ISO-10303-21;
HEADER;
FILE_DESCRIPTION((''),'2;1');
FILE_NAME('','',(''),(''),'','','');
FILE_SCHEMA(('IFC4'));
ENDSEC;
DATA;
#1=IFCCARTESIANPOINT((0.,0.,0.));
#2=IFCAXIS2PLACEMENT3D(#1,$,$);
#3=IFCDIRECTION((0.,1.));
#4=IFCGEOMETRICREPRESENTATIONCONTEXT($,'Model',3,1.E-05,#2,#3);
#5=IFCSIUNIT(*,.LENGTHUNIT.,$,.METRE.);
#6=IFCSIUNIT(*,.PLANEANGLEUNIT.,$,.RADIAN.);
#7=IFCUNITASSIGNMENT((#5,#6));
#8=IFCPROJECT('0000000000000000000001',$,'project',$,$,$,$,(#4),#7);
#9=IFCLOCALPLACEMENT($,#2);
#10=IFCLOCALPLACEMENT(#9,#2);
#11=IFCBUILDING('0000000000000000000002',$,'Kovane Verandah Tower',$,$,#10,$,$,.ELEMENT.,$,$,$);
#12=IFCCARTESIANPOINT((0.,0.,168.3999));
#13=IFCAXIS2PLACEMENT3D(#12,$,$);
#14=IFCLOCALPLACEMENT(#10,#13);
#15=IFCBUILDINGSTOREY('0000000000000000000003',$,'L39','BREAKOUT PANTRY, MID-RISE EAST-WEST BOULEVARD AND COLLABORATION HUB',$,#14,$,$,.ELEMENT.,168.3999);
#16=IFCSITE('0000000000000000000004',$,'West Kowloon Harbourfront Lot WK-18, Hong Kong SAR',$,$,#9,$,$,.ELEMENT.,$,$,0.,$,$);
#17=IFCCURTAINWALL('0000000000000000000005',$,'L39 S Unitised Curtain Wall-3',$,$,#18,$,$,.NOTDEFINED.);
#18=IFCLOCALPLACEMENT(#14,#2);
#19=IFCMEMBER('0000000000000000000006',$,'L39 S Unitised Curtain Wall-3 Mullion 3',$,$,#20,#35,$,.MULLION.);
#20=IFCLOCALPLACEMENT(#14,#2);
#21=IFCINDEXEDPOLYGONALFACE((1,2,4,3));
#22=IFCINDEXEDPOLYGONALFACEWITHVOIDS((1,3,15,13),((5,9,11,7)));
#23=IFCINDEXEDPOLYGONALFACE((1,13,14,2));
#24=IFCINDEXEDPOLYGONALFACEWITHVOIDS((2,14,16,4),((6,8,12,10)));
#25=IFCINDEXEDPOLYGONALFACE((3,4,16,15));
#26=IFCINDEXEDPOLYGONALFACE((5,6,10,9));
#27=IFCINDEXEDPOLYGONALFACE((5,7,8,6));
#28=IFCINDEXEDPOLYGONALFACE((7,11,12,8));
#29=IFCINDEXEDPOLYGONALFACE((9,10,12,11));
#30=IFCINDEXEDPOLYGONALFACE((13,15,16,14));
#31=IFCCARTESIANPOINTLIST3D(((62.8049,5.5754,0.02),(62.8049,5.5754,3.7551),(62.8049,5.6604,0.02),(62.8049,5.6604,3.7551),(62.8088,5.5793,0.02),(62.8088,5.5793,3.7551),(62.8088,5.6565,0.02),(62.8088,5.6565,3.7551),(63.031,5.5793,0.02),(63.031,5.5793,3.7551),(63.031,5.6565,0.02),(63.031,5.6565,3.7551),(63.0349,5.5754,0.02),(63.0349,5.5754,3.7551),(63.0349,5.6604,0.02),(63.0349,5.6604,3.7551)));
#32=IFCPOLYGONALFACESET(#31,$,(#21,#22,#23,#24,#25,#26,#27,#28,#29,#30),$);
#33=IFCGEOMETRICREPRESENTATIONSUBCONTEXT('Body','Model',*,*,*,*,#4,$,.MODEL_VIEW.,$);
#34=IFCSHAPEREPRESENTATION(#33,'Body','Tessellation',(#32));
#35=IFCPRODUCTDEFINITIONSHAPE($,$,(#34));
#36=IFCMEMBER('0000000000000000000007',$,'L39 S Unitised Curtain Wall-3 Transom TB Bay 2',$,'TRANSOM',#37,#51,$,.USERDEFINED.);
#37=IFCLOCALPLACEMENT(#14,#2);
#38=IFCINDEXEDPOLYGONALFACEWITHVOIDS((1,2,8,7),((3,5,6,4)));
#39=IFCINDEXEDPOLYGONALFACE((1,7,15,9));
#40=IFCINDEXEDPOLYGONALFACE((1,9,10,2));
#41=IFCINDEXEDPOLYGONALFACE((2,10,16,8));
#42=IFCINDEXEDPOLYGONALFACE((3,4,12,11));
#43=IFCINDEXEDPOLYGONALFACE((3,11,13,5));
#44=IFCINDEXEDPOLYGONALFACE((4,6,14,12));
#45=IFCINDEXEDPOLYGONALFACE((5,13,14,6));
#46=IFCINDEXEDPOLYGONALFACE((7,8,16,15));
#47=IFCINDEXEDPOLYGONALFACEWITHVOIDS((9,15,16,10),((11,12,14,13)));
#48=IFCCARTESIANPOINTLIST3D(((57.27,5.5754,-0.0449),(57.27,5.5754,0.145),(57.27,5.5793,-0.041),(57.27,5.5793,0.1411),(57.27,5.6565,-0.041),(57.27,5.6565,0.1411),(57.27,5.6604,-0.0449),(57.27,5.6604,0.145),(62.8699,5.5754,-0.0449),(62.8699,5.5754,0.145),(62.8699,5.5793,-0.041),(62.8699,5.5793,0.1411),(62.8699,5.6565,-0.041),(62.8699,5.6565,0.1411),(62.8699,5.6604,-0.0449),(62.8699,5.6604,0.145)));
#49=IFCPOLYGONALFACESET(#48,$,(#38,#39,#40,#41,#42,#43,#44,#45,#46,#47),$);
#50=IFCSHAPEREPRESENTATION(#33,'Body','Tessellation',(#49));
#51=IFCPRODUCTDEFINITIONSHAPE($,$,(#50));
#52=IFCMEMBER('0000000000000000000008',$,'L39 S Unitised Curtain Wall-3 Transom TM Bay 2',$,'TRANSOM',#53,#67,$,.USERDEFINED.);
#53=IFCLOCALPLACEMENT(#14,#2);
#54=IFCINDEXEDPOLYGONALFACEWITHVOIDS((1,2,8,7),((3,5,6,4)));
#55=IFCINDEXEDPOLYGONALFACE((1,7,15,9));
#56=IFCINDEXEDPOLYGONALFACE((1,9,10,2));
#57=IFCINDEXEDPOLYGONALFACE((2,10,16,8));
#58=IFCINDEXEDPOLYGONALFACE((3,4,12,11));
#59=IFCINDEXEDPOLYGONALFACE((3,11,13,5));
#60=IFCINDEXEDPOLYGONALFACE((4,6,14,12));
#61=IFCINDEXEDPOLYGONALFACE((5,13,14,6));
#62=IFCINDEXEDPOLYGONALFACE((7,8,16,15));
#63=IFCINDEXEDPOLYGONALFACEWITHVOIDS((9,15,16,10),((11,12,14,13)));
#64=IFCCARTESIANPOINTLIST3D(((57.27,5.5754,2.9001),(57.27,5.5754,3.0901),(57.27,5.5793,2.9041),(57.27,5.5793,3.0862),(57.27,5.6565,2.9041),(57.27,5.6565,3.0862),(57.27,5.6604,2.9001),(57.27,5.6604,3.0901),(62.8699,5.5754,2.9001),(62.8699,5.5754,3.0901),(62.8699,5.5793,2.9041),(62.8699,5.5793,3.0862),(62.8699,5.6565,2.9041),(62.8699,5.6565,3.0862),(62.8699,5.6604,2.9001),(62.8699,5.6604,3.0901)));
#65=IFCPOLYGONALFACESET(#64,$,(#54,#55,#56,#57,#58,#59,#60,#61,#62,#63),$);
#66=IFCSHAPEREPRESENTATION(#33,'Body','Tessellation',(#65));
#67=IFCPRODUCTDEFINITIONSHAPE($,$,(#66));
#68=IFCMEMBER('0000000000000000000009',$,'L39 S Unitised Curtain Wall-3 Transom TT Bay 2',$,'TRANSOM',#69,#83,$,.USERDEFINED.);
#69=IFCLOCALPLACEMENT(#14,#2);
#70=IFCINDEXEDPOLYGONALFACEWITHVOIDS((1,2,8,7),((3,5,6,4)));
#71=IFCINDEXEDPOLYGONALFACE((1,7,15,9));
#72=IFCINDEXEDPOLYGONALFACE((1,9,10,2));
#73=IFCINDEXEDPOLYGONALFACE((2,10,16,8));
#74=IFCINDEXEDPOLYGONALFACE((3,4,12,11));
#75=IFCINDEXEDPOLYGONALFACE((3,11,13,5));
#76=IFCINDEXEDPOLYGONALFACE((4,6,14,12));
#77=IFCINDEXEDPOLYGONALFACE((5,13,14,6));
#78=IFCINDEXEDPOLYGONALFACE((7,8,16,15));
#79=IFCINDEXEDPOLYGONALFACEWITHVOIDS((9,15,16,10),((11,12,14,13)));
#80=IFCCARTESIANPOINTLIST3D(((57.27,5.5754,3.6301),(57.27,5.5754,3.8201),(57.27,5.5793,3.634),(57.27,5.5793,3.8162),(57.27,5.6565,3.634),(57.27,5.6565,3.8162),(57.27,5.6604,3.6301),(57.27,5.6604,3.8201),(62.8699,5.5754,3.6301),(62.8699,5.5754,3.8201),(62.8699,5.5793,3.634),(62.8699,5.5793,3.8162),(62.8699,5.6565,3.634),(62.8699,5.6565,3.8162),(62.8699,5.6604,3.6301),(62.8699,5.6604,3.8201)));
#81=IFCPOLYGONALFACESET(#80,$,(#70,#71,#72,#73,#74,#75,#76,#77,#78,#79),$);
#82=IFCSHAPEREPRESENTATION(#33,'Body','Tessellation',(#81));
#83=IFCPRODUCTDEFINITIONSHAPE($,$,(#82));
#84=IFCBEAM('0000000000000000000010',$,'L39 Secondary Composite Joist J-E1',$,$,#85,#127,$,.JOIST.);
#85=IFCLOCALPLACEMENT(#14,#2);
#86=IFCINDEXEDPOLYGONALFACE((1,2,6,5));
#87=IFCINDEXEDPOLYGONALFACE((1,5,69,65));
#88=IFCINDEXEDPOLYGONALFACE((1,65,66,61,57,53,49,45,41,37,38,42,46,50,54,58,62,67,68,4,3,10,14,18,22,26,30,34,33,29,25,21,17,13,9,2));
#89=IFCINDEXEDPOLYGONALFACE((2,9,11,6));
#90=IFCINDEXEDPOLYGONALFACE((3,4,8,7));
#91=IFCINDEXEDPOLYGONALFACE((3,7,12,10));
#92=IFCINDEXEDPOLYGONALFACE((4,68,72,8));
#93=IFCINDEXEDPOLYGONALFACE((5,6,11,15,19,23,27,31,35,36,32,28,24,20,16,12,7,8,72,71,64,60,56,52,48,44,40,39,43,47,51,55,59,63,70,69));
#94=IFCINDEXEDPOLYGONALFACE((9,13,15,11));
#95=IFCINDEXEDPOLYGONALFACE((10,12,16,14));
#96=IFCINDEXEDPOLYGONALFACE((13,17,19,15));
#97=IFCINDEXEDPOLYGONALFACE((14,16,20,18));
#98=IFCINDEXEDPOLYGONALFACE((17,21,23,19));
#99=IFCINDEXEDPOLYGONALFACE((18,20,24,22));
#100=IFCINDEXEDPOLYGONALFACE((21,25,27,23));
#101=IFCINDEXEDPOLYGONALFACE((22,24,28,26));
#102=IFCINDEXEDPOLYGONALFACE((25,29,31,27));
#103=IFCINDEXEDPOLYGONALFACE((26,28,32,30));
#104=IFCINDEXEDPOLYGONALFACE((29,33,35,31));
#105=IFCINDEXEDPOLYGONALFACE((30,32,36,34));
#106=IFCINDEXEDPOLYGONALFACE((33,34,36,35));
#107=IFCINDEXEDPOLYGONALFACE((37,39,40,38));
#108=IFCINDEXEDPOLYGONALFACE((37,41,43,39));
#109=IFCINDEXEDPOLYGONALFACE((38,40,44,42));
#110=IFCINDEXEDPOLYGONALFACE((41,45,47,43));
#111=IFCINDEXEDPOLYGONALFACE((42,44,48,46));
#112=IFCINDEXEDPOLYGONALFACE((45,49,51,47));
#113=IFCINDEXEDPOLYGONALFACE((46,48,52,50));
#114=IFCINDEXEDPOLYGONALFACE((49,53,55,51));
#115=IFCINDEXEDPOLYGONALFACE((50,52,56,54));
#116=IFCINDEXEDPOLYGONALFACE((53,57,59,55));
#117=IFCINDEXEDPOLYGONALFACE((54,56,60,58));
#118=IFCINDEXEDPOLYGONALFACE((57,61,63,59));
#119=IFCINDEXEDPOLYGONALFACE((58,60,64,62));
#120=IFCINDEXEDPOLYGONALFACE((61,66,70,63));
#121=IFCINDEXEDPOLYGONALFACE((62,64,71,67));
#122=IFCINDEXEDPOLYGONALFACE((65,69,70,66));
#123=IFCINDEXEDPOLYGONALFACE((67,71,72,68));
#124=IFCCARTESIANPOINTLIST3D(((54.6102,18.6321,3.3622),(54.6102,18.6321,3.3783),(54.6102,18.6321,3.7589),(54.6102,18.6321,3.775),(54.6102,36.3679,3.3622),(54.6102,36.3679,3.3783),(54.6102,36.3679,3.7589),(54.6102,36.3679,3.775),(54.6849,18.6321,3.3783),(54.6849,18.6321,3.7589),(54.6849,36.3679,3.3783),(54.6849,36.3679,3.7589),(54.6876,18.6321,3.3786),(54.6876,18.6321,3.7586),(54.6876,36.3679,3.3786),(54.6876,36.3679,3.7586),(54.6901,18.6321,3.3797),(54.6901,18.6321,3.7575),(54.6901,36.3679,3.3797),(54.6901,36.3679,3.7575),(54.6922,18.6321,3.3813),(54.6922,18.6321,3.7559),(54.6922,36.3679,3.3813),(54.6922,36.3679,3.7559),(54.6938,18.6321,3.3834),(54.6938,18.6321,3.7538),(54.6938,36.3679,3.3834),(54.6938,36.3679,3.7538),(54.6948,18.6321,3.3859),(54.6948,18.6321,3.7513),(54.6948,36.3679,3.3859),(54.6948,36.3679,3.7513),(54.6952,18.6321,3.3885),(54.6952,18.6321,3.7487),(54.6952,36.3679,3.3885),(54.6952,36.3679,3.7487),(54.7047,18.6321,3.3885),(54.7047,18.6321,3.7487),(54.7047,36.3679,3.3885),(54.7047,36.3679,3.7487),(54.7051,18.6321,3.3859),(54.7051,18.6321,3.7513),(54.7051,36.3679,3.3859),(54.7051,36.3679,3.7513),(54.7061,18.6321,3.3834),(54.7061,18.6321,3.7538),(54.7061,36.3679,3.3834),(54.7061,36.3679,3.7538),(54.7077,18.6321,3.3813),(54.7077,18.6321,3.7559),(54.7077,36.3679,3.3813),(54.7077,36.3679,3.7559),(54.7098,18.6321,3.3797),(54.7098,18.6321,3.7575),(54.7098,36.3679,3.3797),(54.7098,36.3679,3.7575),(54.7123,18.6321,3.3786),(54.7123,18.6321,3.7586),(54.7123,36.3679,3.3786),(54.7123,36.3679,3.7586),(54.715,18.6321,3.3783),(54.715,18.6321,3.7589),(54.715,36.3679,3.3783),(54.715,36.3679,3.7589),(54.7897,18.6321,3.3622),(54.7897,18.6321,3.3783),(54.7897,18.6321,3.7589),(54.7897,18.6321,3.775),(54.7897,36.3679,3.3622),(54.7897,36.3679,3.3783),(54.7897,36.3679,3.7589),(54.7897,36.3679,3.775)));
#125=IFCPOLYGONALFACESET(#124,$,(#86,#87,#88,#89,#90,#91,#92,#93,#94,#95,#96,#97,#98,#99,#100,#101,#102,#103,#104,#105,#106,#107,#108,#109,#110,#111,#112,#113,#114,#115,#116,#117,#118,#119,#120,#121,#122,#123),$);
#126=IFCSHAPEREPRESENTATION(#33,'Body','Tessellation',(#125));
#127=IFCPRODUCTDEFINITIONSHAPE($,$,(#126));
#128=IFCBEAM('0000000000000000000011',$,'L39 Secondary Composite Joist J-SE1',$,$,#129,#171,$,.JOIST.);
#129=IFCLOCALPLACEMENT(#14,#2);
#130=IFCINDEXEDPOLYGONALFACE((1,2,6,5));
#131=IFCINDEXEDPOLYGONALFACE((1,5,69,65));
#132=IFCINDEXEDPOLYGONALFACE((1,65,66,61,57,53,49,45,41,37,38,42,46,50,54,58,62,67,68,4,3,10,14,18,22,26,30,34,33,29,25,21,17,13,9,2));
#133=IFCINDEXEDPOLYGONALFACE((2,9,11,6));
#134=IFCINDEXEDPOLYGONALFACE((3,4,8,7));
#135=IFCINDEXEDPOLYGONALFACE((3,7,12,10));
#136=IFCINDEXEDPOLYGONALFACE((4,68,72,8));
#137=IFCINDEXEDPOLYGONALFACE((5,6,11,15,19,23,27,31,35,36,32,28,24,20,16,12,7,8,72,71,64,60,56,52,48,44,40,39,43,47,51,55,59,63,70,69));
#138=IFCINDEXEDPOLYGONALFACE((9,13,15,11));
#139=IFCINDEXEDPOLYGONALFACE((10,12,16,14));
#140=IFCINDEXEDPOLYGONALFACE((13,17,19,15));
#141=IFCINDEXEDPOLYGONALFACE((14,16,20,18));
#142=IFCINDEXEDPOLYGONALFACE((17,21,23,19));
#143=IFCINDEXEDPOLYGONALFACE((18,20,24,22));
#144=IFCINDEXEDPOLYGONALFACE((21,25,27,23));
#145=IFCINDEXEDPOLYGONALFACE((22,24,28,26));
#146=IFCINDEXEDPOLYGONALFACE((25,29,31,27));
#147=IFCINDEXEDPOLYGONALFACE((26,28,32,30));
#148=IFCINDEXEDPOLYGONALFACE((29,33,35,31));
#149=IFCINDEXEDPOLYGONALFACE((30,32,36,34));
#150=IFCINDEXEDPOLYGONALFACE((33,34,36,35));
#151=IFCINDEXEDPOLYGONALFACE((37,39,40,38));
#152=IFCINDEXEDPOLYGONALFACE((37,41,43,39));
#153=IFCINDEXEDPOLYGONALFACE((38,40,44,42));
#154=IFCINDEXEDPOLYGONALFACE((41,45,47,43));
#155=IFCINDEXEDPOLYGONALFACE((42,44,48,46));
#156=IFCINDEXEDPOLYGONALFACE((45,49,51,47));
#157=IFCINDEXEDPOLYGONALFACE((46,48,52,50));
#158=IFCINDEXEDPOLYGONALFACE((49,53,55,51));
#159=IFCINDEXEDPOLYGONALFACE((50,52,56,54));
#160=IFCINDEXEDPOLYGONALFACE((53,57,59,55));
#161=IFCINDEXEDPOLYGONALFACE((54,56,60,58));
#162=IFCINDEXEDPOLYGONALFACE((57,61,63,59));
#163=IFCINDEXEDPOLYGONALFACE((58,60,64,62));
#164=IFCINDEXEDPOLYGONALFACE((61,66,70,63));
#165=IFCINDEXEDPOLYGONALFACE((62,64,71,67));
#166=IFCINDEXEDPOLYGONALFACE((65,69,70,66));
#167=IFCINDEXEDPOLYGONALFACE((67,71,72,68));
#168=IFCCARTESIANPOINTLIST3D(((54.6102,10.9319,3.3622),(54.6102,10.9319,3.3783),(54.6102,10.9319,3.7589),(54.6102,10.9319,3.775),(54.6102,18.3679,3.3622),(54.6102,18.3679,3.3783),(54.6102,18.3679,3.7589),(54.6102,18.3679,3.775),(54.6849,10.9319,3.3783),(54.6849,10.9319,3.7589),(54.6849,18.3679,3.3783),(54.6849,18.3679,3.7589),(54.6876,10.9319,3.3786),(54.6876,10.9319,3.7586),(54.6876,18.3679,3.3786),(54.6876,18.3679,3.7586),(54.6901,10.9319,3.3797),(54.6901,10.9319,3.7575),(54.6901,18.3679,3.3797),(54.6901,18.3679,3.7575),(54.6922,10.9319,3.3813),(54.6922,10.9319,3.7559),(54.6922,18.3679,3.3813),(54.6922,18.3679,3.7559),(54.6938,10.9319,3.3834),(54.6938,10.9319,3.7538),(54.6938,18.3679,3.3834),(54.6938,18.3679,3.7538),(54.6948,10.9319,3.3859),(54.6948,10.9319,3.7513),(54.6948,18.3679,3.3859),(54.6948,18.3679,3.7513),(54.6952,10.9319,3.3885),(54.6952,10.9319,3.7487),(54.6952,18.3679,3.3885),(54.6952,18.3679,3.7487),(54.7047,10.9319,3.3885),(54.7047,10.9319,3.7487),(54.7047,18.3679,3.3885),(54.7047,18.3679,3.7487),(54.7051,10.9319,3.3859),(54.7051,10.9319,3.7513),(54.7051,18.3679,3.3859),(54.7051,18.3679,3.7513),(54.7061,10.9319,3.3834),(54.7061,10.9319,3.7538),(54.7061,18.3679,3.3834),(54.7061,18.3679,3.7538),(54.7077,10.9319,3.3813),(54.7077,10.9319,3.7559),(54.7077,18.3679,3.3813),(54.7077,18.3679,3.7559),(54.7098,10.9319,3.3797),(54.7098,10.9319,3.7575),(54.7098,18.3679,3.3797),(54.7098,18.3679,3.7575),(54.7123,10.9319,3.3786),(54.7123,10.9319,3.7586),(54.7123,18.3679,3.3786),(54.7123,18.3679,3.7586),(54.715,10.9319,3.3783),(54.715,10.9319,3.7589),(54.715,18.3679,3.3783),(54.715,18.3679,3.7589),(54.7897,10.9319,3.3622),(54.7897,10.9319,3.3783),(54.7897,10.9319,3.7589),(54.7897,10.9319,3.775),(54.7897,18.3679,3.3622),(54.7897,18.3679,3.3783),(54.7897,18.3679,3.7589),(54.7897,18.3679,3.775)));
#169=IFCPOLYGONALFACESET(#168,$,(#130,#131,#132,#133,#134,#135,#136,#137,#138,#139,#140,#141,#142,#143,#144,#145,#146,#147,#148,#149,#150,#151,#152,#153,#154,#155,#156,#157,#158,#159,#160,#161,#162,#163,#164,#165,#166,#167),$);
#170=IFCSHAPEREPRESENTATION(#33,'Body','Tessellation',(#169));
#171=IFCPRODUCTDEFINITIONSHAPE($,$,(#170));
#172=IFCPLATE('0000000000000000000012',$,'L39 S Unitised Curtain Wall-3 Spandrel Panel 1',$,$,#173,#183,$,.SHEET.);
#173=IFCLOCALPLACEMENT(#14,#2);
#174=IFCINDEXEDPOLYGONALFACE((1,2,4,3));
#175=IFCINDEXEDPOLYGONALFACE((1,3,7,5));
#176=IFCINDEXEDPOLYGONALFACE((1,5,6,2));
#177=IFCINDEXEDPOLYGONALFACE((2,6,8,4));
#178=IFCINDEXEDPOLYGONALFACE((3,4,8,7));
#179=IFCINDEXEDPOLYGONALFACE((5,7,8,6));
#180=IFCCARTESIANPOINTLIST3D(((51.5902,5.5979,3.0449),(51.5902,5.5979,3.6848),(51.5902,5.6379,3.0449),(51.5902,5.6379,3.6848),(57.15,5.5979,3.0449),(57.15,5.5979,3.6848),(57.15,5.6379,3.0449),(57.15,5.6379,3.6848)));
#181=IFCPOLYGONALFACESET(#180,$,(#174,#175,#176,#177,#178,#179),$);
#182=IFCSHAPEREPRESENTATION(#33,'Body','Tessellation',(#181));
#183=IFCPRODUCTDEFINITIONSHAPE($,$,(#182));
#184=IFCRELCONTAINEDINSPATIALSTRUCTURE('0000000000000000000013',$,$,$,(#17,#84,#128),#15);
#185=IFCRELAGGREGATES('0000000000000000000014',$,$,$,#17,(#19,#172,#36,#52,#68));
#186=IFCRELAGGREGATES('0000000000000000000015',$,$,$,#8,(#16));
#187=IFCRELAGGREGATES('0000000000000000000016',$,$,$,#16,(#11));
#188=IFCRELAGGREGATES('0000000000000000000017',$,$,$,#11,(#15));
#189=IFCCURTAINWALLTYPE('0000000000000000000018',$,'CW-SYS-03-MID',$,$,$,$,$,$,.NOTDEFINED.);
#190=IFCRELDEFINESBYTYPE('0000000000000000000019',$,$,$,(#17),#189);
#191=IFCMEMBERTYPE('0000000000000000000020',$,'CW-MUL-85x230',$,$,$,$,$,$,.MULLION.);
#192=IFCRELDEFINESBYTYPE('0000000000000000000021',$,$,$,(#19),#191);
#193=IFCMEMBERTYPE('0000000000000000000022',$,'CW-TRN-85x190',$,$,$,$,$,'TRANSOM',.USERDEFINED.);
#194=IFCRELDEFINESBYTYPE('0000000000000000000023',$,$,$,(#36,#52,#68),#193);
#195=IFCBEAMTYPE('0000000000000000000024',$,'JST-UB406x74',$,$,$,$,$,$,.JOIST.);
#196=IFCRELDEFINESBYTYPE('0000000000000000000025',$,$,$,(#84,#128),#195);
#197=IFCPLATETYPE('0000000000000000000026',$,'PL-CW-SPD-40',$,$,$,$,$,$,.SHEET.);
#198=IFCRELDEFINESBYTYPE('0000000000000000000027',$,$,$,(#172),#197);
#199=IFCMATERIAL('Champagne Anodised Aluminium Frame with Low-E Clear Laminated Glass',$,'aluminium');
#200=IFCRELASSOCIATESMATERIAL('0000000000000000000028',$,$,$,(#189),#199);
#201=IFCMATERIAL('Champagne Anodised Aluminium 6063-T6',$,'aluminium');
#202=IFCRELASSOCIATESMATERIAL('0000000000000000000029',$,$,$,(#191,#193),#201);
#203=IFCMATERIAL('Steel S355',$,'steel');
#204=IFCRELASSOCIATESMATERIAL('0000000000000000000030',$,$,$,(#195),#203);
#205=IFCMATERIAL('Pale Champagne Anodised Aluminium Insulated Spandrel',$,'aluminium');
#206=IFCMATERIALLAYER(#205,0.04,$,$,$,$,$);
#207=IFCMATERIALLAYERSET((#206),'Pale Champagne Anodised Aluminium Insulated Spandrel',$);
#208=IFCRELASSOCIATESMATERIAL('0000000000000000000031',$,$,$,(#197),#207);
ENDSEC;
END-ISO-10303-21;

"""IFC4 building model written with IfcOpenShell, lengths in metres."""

from ifc_helpers import new_model, si_unit, direction, frame, origin, origin_2d, place, context, subcontext, project, spatial, rectangle, hollow_rectangle, i_section, extrude, material, layer, layer_set, material_profile, profile_set, type_object, element, aggregate, save


model = new_model("IFC4")

# Units and contexts
model_context = context("Model", 3, precision=1e-05, world=origin(), true_north=direction((0.0, 1.0)))
body_context = subcontext(model_context, "Body", "Model", "MODEL_VIEW")
ifc_project = project(units=[si_unit("LENGTHUNIT", "METRE"), si_unit("PLANEANGLEUNIT", "RADIAN")], contexts=[model_context])

# Site, building, storey
site_placement = place(None, origin())
site = spatial("IfcSite", under=ifc_project, at=site_placement, Name="West Kowloon Harbourfront Lot WK-18, Hong Kong SAR", CompositionType="ELEMENT", RefElevation=0.0)
building_placement = place(site_placement, origin())
building = spatial("IfcBuilding", under=site, at=building_placement, Name="Kovane Verandah Tower", CompositionType="ELEMENT")
storey_placement = place(building_placement, frame((0.0, 0.0, 168.3999)))
storey = spatial("IfcBuildingStorey", under=building, at=storey_placement, Name="L39", Description="BREAKOUT PANTRY, MID-RISE EAST-WEST BOULEVARD AND COLLABORATION HUB", CompositionType="ELEMENT", Elevation=168.3999)

# Shared definitions
ifc_material_1 = material(Name="Steel S355", Category="steel")

# Curtain wall, members
ifc_material_2 = material(Name="Champagne Anodised Aluminium Frame with Low-E Clear Laminated Glass", Category="aluminium")
curtain_wall_type = type_object("IfcCurtainWallType", Name="CW-SYS-03-MID", PredefinedType="NOTDEFINED", material=ifc_material_2)
curtain_wall_placement = place(storey_placement, origin())
curtain_wall = element("IfcCurtainWall", 1, at=curtain_wall_placement, inside=storey, type_object=curtain_wall_type, Name="L39 S Unitised Curtain Wall-3", PredefinedType="NOTDEFINED")
ifc_material_3 = material(Name="Champagne Anodised Aluminium 6063-T6", Category="aluminium")
ifc_material_profile_1 = material_profile(ifc_material_3, hollow_rectangle(XDim=0.085, YDim=0.23, WallThickness=0.0039, at=origin_2d()), Name="AL85x230x4")
ifc_profile_set_1 = profile_set([ifc_material_profile_1], Name="Champagne Anodised Aluminium 6063-T6")
member_type_1 = type_object("IfcMemberType", Name="CW-MUL-85x230", PredefinedType="MULLION", material=ifc_profile_set_1)
member_1_placement = place(storey_placement, frame((62.9199, 5.6179, 0.02), z_axis=(0.0, 0.0, 1.0), x_axis=(0.0, -1.0, 0.0)))
member_1 = element("IfcMember", 2, at=member_1_placement, type_object=member_type_1, Name="L39 S Unitised Curtain Wall-3 Mullion 3", PredefinedType="MULLION", context=body_context, shape_type="SweptSolid", body=[
    extrude(hollow_rectangle(XDim=0.085, YDim=0.23, WallThickness=0.0039, at=origin_2d()), origin(), (0.0, 0.0, 1.0), 3.7351),
])
ifc_material_profile_2 = material_profile(ifc_material_3, hollow_rectangle(XDim=0.085, YDim=0.1899, WallThickness=0.0039, at=origin_2d()), Name="AL85x190x4")
ifc_profile_set_2 = profile_set([ifc_material_profile_2], Name="Champagne Anodised Aluminium 6063-T6")
member_type_2 = type_object("IfcMemberType", Name="CW-TRN-85x190", ElementType="TRANSOM", PredefinedType="USERDEFINED", material=ifc_profile_set_2)
member_2_placement = place(storey_placement, frame((57.27, 5.6179, 0.05), z_axis=(1.0, 0.0, 0.0), x_axis=(0.0, 1.0, 0.0)))
member_2 = element("IfcMember", 3, at=member_2_placement, type_object=member_type_2, Name="L39 S Unitised Curtain Wall-3 Transom TB Bay 2", ObjectType="TRANSOM", PredefinedType="USERDEFINED", context=body_context, shape_type="SweptSolid", body=[
    extrude(hollow_rectangle(XDim=0.085, YDim=0.1899, WallThickness=0.0039, at=origin_2d()), origin(), (0.0, 0.0, 1.0), 5.5999),
])
member_3_placement = place(storey_placement, frame((57.27, 5.6179, 2.9951), z_axis=(1.0, 0.0, 0.0), x_axis=(0.0, 1.0, 0.0)))
member_3 = element("IfcMember", 4, at=member_3_placement, type_object=member_type_2, Name="L39 S Unitised Curtain Wall-3 Transom TM Bay 2", ObjectType="TRANSOM", PredefinedType="USERDEFINED", context=body_context, shape_type="SweptSolid", body=[
    extrude(hollow_rectangle(XDim=0.085, YDim=0.1899, WallThickness=0.0039, at=origin_2d()), origin(), (0.0, 0.0, 1.0), 5.5999),
])
member_4_placement = place(storey_placement, frame((57.27, 5.6179, 3.7251), z_axis=(1.0, 0.0, 0.0), x_axis=(0.0, 1.0, 0.0)))
member_4 = element("IfcMember", 5, at=member_4_placement, type_object=member_type_2, Name="L39 S Unitised Curtain Wall-3 Transom TT Bay 2", ObjectType="TRANSOM", PredefinedType="USERDEFINED", context=body_context, shape_type="SweptSolid", body=[
    extrude(hollow_rectangle(XDim=0.085, YDim=0.1899, WallThickness=0.0039, at=origin_2d()), origin(), (0.0, 0.0, 1.0), 5.5999),
])

# Beams
ifc_material_profile_3 = material_profile(ifc_material_1, i_section(OverallWidth=0.1794, OverallDepth=0.4128, WebThickness=0.0095, FlangeThickness=0.0161, FilletRadius=0.0103, at=origin_2d()), Name="UB406x178x74")
ifc_profile_set_3 = profile_set([ifc_material_profile_3], Name="Steel S355")
beam_type_1 = type_object("IfcBeamType", Name="JST-UB406x74", PredefinedType="JOIST", material=ifc_profile_set_3)
beam_1_placement = place(storey_placement, frame((54.7, 18.6321, 3.5686), z_axis=(0.0, 1.0, 0.0), x_axis=(-1.0, 0.0, 0.0)))
element("IfcBeam", 6, at=beam_1_placement, inside=storey, type_object=beam_type_1, Name="L39 Secondary Composite Joist J-E1", PredefinedType="JOIST", context=body_context, shape_type="SweptSolid", body=[
    extrude(i_section(OverallWidth=0.1794, OverallDepth=0.4128, WebThickness=0.0095, FlangeThickness=0.0161, FilletRadius=0.0103, at=origin_2d()), origin(), (0.0, 0.0, 1.0), 17.7358),
])
beam_2_placement = place(storey_placement, frame((54.7, 10.9319, 3.5686), z_axis=(0.0, 1.0, 0.0), x_axis=(-1.0, 0.0, 0.0)))
element("IfcBeam", 7, at=beam_2_placement, inside=storey, type_object=beam_type_1, Name="L39 Secondary Composite Joist J-SE1", PredefinedType="JOIST", context=body_context, shape_type="SweptSolid", body=[
    extrude(i_section(OverallWidth=0.1794, OverallDepth=0.4128, WebThickness=0.0095, FlangeThickness=0.0161, FilletRadius=0.0103, at=origin_2d()), origin(), (0.0, 0.0, 1.0), 7.436),
])

# Plate
ifc_material_4 = material(Name="Pale Champagne Anodised Aluminium Insulated Spandrel", Category="aluminium")
ifc_layer_1 = layer(ifc_material_4, 0.04)
ifc_layer_set_1 = layer_set([ifc_layer_1], Name="Pale Champagne Anodised Aluminium Insulated Spandrel")
plate_type_1 = type_object("IfcPlateType", Name="PL-CW-SPD-40", PredefinedType="SHEET", material=ifc_layer_set_1)
plate_1_placement = place(storey_placement, frame((54.3701, 5.6179, 3.0449), z_axis=(0.0, 0.0, 1.0), x_axis=(1.0, 0.0, 0.0)))
plate_1 = element("IfcPlate", 8, at=plate_1_placement, type_object=plate_type_1, Name="L39 S Unitised Curtain Wall-3 Spandrel Panel 1", PredefinedType="SHEET", context=body_context, shape_type="SweptSolid", body=[
    extrude(rectangle(XDim=5.5598, YDim=0.04, at=origin_2d()), origin(), (0.0, 0.0, 1.0), 0.6399),
])
aggregate(curtain_wall, [member_1, plate_1, member_2, member_3, member_4])

save(model, "model.ifc")
